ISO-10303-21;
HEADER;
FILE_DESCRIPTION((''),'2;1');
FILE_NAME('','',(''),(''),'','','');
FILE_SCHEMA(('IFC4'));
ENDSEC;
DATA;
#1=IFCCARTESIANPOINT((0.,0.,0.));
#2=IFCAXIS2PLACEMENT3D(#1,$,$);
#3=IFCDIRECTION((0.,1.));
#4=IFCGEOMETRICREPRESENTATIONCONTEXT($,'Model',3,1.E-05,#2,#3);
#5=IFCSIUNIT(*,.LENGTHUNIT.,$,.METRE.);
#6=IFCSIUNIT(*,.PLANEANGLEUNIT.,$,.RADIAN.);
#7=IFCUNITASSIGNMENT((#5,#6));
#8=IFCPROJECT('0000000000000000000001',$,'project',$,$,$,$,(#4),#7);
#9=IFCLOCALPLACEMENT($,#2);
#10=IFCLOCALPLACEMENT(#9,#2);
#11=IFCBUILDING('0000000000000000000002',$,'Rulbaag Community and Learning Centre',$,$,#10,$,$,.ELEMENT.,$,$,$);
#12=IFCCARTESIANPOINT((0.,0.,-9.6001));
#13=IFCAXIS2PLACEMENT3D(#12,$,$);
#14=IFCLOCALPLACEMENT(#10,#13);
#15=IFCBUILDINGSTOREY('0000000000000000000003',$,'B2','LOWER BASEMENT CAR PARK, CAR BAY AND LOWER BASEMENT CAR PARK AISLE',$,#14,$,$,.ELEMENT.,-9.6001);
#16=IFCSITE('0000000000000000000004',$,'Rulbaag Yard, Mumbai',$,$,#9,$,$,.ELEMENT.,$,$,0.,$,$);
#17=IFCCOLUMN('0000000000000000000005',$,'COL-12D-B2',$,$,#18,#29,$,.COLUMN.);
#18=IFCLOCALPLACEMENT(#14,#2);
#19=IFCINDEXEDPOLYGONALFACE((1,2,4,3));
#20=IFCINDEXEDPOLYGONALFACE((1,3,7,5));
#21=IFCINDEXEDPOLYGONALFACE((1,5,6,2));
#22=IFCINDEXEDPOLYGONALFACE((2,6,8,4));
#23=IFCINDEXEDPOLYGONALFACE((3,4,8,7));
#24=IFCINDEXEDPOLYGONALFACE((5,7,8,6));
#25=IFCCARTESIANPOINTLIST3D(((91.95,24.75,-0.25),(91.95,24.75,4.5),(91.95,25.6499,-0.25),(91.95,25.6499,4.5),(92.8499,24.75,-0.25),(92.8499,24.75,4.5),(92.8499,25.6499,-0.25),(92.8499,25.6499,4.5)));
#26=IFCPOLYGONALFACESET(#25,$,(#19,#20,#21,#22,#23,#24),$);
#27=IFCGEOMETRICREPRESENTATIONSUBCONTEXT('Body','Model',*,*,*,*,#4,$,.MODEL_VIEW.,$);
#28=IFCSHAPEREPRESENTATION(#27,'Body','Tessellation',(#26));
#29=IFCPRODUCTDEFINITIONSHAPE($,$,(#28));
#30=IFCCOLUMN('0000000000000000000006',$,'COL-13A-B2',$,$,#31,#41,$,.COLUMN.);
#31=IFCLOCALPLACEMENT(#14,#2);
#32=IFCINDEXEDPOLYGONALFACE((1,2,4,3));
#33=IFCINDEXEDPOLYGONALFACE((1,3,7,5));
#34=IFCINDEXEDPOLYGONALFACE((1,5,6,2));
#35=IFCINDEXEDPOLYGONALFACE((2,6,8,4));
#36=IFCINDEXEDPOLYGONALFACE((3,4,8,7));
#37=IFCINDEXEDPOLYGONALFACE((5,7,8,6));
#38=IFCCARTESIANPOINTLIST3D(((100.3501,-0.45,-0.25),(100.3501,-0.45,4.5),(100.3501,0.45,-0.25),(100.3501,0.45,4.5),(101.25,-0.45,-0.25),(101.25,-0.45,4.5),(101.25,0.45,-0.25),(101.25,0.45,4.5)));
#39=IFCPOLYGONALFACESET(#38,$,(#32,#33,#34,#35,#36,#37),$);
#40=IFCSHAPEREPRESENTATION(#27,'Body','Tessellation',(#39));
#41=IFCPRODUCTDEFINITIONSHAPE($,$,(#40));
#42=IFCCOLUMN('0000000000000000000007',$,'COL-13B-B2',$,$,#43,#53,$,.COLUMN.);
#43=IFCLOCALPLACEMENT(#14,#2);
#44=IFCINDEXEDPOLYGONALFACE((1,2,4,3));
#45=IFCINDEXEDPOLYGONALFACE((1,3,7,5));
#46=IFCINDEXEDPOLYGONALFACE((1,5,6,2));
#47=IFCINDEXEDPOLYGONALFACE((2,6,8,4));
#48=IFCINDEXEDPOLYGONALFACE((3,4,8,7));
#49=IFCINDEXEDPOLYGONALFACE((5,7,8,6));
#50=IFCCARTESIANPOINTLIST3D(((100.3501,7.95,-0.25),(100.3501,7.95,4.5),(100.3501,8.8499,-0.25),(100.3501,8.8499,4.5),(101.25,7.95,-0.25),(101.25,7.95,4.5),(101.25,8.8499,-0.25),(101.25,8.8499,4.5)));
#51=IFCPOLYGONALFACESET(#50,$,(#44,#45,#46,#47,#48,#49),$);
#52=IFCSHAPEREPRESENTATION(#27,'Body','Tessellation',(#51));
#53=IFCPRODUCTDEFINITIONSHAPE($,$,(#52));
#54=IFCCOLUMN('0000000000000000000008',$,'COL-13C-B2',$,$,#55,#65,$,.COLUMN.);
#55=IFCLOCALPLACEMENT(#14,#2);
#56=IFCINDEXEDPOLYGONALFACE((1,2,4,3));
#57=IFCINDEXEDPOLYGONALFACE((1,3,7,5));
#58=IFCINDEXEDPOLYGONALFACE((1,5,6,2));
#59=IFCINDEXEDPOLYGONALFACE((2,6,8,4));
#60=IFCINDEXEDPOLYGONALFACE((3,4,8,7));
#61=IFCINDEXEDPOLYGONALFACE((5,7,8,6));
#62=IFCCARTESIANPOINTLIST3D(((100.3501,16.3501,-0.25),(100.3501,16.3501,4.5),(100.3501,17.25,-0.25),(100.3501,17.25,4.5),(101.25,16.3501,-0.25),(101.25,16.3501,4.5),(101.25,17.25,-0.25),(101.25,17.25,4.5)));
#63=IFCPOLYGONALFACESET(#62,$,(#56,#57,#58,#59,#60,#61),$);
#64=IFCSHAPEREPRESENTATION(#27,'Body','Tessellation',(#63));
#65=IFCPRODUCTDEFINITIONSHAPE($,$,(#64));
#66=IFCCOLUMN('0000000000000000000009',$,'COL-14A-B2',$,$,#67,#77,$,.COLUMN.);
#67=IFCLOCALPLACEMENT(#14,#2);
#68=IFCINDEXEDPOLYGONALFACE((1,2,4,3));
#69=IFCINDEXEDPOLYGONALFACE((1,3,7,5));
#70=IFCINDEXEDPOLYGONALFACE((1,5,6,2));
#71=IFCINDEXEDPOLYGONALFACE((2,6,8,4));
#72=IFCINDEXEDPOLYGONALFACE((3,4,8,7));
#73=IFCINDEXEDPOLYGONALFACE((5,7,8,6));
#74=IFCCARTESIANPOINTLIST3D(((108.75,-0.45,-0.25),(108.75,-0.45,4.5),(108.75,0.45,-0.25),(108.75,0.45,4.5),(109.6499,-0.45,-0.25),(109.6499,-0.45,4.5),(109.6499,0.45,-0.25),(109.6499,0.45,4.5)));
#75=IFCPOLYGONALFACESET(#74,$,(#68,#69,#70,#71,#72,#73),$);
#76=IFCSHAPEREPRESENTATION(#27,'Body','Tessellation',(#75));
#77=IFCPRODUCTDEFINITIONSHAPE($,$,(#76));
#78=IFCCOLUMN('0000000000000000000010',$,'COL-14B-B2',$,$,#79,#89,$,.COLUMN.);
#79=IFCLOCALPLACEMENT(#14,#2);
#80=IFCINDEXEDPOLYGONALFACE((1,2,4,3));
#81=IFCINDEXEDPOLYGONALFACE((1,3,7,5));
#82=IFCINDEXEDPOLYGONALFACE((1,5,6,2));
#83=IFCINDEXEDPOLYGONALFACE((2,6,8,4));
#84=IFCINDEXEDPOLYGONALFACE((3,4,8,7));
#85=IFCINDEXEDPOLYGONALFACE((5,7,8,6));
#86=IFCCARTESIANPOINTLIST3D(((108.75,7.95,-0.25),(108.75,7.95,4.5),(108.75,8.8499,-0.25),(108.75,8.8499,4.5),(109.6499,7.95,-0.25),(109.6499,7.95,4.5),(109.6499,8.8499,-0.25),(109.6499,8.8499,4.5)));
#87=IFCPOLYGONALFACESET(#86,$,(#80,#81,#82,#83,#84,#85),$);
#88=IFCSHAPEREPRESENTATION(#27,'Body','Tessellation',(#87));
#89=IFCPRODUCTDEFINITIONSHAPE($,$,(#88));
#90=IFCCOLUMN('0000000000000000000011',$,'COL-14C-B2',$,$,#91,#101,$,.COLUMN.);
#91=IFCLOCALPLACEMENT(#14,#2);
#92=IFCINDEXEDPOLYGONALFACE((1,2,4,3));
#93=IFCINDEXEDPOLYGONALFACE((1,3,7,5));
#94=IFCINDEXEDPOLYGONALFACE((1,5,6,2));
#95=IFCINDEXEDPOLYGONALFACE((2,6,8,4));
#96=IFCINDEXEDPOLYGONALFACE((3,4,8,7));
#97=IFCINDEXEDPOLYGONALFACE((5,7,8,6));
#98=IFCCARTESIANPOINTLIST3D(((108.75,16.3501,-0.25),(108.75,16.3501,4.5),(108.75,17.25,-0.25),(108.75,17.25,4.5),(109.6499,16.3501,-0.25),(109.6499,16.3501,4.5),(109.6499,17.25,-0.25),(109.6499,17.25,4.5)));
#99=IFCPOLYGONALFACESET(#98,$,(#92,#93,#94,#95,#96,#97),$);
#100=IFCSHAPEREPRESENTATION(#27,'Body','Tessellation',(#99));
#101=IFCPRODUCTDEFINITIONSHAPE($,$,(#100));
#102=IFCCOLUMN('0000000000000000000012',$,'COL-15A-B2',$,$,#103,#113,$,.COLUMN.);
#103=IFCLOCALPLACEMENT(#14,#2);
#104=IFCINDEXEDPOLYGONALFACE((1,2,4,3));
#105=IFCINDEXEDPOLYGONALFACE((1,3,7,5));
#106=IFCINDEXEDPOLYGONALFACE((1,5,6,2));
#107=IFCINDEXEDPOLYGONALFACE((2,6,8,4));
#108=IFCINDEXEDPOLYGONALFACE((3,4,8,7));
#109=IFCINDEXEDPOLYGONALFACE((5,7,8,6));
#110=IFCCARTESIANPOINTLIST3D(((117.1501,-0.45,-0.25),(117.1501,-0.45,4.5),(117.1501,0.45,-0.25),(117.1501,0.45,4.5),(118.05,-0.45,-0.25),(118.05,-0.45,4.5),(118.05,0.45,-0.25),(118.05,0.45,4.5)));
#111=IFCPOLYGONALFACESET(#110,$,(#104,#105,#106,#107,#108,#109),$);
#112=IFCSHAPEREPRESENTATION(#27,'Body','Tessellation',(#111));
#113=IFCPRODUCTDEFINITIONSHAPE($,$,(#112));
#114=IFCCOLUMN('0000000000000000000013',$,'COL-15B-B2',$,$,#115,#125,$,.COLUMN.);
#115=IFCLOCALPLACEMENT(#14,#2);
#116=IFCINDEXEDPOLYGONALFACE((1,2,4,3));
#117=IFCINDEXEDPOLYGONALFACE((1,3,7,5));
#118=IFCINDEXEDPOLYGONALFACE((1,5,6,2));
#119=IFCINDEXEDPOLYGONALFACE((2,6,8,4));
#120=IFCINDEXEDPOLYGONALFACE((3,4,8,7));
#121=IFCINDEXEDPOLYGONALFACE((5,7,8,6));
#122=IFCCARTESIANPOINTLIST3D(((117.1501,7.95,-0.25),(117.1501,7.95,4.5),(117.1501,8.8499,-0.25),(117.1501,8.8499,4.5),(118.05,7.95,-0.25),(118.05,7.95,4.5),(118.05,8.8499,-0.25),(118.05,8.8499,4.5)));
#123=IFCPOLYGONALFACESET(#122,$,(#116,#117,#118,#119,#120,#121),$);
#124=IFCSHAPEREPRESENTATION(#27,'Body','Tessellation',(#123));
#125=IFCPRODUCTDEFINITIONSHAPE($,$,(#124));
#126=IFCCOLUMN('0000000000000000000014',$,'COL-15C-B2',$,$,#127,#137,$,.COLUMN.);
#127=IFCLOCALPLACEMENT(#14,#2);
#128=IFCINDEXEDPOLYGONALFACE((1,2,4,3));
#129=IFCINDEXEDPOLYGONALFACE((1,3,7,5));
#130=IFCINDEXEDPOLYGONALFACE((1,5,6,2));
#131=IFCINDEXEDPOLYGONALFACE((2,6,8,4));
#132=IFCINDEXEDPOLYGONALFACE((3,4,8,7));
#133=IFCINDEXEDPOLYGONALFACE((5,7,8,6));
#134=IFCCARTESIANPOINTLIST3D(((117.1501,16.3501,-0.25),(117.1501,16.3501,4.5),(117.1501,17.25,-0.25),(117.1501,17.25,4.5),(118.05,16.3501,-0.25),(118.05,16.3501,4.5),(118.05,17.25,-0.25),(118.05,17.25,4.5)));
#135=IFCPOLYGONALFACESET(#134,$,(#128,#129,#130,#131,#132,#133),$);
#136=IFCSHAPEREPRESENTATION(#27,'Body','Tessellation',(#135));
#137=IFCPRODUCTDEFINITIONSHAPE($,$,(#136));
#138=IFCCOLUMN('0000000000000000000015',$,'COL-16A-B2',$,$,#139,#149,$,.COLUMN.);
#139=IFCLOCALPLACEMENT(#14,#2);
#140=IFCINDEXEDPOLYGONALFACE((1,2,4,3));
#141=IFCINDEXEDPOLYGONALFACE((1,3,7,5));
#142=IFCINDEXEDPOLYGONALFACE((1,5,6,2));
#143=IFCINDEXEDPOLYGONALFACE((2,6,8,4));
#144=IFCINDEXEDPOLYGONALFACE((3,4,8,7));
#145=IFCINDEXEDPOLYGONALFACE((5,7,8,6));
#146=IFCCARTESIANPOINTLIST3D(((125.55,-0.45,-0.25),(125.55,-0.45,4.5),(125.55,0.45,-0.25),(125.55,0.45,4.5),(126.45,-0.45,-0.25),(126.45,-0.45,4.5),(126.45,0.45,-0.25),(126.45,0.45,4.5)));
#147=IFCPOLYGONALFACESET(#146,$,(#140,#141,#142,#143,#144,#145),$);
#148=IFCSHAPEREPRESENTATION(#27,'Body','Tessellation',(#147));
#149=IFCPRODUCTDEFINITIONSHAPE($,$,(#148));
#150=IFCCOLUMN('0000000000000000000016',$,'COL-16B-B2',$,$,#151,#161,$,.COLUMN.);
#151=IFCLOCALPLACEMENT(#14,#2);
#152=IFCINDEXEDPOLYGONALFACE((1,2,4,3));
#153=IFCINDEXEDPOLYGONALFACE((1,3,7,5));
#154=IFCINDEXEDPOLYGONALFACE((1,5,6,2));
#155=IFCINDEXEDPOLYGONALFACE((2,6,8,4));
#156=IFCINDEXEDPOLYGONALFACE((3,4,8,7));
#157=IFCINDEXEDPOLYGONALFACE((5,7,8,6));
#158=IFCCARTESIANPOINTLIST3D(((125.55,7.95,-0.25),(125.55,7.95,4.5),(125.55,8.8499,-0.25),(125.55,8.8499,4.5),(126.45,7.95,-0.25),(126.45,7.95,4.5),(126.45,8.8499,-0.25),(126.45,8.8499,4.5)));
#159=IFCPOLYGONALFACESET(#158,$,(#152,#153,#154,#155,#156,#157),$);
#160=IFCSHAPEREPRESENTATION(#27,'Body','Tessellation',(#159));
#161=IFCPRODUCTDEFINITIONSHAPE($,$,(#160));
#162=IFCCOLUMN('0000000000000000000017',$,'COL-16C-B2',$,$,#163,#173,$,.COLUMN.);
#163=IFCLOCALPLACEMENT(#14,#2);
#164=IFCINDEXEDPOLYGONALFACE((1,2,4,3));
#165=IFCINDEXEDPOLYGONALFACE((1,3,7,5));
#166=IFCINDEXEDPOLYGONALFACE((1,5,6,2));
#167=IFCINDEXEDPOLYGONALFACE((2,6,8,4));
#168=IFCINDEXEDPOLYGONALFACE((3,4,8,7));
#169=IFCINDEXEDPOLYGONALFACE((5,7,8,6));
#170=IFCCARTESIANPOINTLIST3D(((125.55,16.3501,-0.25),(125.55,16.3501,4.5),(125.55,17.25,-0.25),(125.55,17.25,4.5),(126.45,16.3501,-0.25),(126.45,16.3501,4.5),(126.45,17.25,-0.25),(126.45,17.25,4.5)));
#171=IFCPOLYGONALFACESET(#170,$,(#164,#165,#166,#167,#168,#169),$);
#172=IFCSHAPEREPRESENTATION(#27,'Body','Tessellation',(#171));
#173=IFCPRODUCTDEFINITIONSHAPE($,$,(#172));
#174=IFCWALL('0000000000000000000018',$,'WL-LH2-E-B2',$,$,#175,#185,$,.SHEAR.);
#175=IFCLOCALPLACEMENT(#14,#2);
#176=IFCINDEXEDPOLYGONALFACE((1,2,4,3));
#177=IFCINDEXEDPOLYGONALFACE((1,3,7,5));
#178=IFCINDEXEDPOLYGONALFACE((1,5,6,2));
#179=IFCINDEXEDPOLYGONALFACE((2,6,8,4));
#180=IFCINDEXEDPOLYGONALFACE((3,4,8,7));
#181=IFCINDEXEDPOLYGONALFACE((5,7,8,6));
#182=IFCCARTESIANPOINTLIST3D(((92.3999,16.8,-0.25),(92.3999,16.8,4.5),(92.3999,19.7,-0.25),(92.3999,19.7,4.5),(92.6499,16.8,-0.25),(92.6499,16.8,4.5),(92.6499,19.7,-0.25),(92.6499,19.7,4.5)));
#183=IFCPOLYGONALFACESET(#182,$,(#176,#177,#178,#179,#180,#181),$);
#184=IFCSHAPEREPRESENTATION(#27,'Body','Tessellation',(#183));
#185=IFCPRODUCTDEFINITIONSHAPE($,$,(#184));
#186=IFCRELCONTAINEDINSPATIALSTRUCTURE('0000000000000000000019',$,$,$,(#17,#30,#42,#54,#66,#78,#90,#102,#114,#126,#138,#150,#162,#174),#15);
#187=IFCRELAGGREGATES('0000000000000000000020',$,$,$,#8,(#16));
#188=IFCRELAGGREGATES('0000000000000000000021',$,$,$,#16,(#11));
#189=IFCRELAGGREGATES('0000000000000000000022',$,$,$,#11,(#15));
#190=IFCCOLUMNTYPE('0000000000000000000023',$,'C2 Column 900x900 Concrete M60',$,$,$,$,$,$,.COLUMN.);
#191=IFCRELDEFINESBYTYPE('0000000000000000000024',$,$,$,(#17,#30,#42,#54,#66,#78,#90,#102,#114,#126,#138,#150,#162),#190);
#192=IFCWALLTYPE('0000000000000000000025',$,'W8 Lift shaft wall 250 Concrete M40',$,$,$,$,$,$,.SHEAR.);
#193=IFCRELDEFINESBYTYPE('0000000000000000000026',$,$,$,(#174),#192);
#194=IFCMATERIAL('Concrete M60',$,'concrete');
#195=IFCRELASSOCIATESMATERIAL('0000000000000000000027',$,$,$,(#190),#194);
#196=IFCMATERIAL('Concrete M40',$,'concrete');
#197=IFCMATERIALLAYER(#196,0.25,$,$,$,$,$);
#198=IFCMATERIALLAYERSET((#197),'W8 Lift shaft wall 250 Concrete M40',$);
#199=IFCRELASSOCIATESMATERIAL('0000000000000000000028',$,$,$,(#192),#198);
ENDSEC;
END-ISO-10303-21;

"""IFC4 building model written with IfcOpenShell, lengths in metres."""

from ifc_helpers import new_model, si_unit, direction, frame, frame_2d, origin, origin_2d, place, context, subcontext, project, spatial, rectangle, extrude, material, layer, layer_set, material_profile, profile_set, type_object, element, save


model = new_model("IFC4")

# Units and contexts
model_context = context("Model", 3, precision=1e-05, world=origin(), true_north=direction((0.0, 1.0)))
body_context = subcontext(model_context, "Body", "Model", "MODEL_VIEW")
ifc_project = project(units=[si_unit("LENGTHUNIT", "METRE"), si_unit("PLANEANGLEUNIT", "RADIAN")], contexts=[model_context])

# Site, building, storey
site_placement = place(None, origin())
site = spatial("IfcSite", under=ifc_project, at=site_placement, Name="Rulbaag Yard, Mumbai", CompositionType="ELEMENT", RefElevation=0.0)
building_placement = place(site_placement, origin())
building = spatial("IfcBuilding", under=site, at=building_placement, Name="Rulbaag Community and Learning Centre", CompositionType="ELEMENT")
storey_placement = place(building_placement, frame((0.0, 0.0, -9.6001)))
storey = spatial("IfcBuildingStorey", under=building, at=storey_placement, Name="B2", Description="LOWER BASEMENT CAR PARK, CAR BAY AND LOWER BASEMENT CAR PARK AISLE", CompositionType="ELEMENT", Elevation=-9.6001)

# Columns
ifc_material_1 = material(Name="Concrete M60", Category="concrete")
ifc_material_profile_1 = material_profile(ifc_material_1, rectangle(XDim=0.8999, YDim=0.8999, at=origin_2d()), Name="RC900x900")
ifc_profile_set_1 = profile_set([ifc_material_profile_1], Name="Concrete M60")
column_type = type_object("IfcColumnType", Name="C2 Column 900x900 Concrete M60", PredefinedType="COLUMN", material=ifc_profile_set_1)
for number, where, z_axis, x_axis, name in (
    (1, (92.3999, 25.2, -0.25), (0.0, 0.0, 1.0), (1.0, 0.0, 0.0), "COL-12D-B2"),
    (2, (100.8, 0.0, -0.25), (0.0, 0.0, 1.0), (1.0, 0.0, 0.0), "COL-13A-B2"),
    (3, (100.8, 8.3999, -0.25), (0.0, 0.0, 1.0), (1.0, 0.0, 0.0), "COL-13B-B2"),
    (4, (100.8, 16.8, -0.25), (0.0, 0.0, 1.0), (1.0, 0.0, 0.0), "COL-13C-B2"),
    (5, (109.2, 0.0, -0.25), (0.0, 0.0, 1.0), (1.0, 0.0, 0.0), "COL-14A-B2"),
    (6, (109.2, 8.3999, -0.25), (0.0, 0.0, 1.0), (1.0, 0.0, 0.0), "COL-14B-B2"),
    (7, (109.2, 16.8, -0.25), (0.0, 0.0, 1.0), (1.0, 0.0, 0.0), "COL-14C-B2"),
    (8, (117.6001, 0.0, -0.25), (0.0, 0.0, 1.0), (1.0, 0.0, 0.0), "COL-15A-B2"),
    (9, (117.6001, 8.3999, -0.25), (0.0, 0.0, 1.0), (1.0, 0.0, 0.0), "COL-15B-B2"),
    (10, (117.6001, 16.8, -0.25), (0.0, 0.0, 1.0), (1.0, 0.0, 0.0), "COL-15C-B2"),
    (11, (126.0, 0.0, -0.25), (0.0, 0.0, 1.0), (1.0, 0.0, 0.0), "COL-16A-B2"),
    (12, (126.0, 8.3999, -0.25), (0.0, 0.0, 1.0), (1.0, 0.0, 0.0), "COL-16B-B2"),
    (13, (126.0, 16.8, -0.25), (0.0, 0.0, 1.0), (1.0, 0.0, 0.0), "COL-16C-B2"),
):
    element("IfcColumn", number, at=place(storey_placement, frame(where, z_axis=z_axis, x_axis=x_axis)), inside=storey, type_object=column_type, Name=name, PredefinedType="COLUMN", context=body_context, shape_type="SweptSolid", body=[
        extrude(rectangle(XDim=0.8999, YDim=0.8999, at=origin_2d()), origin(), (0.0, 0.0, 1.0), 4.75),
    ])

# Wall
ifc_material_2 = material(Name="Concrete M40", Category="concrete")
ifc_layer = layer(ifc_material_2, 0.25)
ifc_layer_set = layer_set([ifc_layer], Name="W8 Lift shaft wall 250 Concrete M40")
wall_type = type_object("IfcWallType", Name="W8 Lift shaft wall 250 Concrete M40", PredefinedType="SHEAR", material=ifc_layer_set)
wall_placement = place(storey_placement, frame((92.5249, 16.8, -0.25), z_axis=(0.0, 0.0, 1.0), x_axis=(0.0, 1.0, 0.0)))
element("IfcWall", 14, at=wall_placement, inside=storey, type_object=wall_type, Name="WL-LH2-E-B2", PredefinedType="SHEAR", context=body_context, shape_type="SweptSolid", body=[
    extrude(rectangle(XDim=2.8999, YDim=0.25, at=frame_2d((1.45, 0.0))), origin(), (0.0, 0.0, 1.0), 4.75),
])

save(model, "model.ifc")
